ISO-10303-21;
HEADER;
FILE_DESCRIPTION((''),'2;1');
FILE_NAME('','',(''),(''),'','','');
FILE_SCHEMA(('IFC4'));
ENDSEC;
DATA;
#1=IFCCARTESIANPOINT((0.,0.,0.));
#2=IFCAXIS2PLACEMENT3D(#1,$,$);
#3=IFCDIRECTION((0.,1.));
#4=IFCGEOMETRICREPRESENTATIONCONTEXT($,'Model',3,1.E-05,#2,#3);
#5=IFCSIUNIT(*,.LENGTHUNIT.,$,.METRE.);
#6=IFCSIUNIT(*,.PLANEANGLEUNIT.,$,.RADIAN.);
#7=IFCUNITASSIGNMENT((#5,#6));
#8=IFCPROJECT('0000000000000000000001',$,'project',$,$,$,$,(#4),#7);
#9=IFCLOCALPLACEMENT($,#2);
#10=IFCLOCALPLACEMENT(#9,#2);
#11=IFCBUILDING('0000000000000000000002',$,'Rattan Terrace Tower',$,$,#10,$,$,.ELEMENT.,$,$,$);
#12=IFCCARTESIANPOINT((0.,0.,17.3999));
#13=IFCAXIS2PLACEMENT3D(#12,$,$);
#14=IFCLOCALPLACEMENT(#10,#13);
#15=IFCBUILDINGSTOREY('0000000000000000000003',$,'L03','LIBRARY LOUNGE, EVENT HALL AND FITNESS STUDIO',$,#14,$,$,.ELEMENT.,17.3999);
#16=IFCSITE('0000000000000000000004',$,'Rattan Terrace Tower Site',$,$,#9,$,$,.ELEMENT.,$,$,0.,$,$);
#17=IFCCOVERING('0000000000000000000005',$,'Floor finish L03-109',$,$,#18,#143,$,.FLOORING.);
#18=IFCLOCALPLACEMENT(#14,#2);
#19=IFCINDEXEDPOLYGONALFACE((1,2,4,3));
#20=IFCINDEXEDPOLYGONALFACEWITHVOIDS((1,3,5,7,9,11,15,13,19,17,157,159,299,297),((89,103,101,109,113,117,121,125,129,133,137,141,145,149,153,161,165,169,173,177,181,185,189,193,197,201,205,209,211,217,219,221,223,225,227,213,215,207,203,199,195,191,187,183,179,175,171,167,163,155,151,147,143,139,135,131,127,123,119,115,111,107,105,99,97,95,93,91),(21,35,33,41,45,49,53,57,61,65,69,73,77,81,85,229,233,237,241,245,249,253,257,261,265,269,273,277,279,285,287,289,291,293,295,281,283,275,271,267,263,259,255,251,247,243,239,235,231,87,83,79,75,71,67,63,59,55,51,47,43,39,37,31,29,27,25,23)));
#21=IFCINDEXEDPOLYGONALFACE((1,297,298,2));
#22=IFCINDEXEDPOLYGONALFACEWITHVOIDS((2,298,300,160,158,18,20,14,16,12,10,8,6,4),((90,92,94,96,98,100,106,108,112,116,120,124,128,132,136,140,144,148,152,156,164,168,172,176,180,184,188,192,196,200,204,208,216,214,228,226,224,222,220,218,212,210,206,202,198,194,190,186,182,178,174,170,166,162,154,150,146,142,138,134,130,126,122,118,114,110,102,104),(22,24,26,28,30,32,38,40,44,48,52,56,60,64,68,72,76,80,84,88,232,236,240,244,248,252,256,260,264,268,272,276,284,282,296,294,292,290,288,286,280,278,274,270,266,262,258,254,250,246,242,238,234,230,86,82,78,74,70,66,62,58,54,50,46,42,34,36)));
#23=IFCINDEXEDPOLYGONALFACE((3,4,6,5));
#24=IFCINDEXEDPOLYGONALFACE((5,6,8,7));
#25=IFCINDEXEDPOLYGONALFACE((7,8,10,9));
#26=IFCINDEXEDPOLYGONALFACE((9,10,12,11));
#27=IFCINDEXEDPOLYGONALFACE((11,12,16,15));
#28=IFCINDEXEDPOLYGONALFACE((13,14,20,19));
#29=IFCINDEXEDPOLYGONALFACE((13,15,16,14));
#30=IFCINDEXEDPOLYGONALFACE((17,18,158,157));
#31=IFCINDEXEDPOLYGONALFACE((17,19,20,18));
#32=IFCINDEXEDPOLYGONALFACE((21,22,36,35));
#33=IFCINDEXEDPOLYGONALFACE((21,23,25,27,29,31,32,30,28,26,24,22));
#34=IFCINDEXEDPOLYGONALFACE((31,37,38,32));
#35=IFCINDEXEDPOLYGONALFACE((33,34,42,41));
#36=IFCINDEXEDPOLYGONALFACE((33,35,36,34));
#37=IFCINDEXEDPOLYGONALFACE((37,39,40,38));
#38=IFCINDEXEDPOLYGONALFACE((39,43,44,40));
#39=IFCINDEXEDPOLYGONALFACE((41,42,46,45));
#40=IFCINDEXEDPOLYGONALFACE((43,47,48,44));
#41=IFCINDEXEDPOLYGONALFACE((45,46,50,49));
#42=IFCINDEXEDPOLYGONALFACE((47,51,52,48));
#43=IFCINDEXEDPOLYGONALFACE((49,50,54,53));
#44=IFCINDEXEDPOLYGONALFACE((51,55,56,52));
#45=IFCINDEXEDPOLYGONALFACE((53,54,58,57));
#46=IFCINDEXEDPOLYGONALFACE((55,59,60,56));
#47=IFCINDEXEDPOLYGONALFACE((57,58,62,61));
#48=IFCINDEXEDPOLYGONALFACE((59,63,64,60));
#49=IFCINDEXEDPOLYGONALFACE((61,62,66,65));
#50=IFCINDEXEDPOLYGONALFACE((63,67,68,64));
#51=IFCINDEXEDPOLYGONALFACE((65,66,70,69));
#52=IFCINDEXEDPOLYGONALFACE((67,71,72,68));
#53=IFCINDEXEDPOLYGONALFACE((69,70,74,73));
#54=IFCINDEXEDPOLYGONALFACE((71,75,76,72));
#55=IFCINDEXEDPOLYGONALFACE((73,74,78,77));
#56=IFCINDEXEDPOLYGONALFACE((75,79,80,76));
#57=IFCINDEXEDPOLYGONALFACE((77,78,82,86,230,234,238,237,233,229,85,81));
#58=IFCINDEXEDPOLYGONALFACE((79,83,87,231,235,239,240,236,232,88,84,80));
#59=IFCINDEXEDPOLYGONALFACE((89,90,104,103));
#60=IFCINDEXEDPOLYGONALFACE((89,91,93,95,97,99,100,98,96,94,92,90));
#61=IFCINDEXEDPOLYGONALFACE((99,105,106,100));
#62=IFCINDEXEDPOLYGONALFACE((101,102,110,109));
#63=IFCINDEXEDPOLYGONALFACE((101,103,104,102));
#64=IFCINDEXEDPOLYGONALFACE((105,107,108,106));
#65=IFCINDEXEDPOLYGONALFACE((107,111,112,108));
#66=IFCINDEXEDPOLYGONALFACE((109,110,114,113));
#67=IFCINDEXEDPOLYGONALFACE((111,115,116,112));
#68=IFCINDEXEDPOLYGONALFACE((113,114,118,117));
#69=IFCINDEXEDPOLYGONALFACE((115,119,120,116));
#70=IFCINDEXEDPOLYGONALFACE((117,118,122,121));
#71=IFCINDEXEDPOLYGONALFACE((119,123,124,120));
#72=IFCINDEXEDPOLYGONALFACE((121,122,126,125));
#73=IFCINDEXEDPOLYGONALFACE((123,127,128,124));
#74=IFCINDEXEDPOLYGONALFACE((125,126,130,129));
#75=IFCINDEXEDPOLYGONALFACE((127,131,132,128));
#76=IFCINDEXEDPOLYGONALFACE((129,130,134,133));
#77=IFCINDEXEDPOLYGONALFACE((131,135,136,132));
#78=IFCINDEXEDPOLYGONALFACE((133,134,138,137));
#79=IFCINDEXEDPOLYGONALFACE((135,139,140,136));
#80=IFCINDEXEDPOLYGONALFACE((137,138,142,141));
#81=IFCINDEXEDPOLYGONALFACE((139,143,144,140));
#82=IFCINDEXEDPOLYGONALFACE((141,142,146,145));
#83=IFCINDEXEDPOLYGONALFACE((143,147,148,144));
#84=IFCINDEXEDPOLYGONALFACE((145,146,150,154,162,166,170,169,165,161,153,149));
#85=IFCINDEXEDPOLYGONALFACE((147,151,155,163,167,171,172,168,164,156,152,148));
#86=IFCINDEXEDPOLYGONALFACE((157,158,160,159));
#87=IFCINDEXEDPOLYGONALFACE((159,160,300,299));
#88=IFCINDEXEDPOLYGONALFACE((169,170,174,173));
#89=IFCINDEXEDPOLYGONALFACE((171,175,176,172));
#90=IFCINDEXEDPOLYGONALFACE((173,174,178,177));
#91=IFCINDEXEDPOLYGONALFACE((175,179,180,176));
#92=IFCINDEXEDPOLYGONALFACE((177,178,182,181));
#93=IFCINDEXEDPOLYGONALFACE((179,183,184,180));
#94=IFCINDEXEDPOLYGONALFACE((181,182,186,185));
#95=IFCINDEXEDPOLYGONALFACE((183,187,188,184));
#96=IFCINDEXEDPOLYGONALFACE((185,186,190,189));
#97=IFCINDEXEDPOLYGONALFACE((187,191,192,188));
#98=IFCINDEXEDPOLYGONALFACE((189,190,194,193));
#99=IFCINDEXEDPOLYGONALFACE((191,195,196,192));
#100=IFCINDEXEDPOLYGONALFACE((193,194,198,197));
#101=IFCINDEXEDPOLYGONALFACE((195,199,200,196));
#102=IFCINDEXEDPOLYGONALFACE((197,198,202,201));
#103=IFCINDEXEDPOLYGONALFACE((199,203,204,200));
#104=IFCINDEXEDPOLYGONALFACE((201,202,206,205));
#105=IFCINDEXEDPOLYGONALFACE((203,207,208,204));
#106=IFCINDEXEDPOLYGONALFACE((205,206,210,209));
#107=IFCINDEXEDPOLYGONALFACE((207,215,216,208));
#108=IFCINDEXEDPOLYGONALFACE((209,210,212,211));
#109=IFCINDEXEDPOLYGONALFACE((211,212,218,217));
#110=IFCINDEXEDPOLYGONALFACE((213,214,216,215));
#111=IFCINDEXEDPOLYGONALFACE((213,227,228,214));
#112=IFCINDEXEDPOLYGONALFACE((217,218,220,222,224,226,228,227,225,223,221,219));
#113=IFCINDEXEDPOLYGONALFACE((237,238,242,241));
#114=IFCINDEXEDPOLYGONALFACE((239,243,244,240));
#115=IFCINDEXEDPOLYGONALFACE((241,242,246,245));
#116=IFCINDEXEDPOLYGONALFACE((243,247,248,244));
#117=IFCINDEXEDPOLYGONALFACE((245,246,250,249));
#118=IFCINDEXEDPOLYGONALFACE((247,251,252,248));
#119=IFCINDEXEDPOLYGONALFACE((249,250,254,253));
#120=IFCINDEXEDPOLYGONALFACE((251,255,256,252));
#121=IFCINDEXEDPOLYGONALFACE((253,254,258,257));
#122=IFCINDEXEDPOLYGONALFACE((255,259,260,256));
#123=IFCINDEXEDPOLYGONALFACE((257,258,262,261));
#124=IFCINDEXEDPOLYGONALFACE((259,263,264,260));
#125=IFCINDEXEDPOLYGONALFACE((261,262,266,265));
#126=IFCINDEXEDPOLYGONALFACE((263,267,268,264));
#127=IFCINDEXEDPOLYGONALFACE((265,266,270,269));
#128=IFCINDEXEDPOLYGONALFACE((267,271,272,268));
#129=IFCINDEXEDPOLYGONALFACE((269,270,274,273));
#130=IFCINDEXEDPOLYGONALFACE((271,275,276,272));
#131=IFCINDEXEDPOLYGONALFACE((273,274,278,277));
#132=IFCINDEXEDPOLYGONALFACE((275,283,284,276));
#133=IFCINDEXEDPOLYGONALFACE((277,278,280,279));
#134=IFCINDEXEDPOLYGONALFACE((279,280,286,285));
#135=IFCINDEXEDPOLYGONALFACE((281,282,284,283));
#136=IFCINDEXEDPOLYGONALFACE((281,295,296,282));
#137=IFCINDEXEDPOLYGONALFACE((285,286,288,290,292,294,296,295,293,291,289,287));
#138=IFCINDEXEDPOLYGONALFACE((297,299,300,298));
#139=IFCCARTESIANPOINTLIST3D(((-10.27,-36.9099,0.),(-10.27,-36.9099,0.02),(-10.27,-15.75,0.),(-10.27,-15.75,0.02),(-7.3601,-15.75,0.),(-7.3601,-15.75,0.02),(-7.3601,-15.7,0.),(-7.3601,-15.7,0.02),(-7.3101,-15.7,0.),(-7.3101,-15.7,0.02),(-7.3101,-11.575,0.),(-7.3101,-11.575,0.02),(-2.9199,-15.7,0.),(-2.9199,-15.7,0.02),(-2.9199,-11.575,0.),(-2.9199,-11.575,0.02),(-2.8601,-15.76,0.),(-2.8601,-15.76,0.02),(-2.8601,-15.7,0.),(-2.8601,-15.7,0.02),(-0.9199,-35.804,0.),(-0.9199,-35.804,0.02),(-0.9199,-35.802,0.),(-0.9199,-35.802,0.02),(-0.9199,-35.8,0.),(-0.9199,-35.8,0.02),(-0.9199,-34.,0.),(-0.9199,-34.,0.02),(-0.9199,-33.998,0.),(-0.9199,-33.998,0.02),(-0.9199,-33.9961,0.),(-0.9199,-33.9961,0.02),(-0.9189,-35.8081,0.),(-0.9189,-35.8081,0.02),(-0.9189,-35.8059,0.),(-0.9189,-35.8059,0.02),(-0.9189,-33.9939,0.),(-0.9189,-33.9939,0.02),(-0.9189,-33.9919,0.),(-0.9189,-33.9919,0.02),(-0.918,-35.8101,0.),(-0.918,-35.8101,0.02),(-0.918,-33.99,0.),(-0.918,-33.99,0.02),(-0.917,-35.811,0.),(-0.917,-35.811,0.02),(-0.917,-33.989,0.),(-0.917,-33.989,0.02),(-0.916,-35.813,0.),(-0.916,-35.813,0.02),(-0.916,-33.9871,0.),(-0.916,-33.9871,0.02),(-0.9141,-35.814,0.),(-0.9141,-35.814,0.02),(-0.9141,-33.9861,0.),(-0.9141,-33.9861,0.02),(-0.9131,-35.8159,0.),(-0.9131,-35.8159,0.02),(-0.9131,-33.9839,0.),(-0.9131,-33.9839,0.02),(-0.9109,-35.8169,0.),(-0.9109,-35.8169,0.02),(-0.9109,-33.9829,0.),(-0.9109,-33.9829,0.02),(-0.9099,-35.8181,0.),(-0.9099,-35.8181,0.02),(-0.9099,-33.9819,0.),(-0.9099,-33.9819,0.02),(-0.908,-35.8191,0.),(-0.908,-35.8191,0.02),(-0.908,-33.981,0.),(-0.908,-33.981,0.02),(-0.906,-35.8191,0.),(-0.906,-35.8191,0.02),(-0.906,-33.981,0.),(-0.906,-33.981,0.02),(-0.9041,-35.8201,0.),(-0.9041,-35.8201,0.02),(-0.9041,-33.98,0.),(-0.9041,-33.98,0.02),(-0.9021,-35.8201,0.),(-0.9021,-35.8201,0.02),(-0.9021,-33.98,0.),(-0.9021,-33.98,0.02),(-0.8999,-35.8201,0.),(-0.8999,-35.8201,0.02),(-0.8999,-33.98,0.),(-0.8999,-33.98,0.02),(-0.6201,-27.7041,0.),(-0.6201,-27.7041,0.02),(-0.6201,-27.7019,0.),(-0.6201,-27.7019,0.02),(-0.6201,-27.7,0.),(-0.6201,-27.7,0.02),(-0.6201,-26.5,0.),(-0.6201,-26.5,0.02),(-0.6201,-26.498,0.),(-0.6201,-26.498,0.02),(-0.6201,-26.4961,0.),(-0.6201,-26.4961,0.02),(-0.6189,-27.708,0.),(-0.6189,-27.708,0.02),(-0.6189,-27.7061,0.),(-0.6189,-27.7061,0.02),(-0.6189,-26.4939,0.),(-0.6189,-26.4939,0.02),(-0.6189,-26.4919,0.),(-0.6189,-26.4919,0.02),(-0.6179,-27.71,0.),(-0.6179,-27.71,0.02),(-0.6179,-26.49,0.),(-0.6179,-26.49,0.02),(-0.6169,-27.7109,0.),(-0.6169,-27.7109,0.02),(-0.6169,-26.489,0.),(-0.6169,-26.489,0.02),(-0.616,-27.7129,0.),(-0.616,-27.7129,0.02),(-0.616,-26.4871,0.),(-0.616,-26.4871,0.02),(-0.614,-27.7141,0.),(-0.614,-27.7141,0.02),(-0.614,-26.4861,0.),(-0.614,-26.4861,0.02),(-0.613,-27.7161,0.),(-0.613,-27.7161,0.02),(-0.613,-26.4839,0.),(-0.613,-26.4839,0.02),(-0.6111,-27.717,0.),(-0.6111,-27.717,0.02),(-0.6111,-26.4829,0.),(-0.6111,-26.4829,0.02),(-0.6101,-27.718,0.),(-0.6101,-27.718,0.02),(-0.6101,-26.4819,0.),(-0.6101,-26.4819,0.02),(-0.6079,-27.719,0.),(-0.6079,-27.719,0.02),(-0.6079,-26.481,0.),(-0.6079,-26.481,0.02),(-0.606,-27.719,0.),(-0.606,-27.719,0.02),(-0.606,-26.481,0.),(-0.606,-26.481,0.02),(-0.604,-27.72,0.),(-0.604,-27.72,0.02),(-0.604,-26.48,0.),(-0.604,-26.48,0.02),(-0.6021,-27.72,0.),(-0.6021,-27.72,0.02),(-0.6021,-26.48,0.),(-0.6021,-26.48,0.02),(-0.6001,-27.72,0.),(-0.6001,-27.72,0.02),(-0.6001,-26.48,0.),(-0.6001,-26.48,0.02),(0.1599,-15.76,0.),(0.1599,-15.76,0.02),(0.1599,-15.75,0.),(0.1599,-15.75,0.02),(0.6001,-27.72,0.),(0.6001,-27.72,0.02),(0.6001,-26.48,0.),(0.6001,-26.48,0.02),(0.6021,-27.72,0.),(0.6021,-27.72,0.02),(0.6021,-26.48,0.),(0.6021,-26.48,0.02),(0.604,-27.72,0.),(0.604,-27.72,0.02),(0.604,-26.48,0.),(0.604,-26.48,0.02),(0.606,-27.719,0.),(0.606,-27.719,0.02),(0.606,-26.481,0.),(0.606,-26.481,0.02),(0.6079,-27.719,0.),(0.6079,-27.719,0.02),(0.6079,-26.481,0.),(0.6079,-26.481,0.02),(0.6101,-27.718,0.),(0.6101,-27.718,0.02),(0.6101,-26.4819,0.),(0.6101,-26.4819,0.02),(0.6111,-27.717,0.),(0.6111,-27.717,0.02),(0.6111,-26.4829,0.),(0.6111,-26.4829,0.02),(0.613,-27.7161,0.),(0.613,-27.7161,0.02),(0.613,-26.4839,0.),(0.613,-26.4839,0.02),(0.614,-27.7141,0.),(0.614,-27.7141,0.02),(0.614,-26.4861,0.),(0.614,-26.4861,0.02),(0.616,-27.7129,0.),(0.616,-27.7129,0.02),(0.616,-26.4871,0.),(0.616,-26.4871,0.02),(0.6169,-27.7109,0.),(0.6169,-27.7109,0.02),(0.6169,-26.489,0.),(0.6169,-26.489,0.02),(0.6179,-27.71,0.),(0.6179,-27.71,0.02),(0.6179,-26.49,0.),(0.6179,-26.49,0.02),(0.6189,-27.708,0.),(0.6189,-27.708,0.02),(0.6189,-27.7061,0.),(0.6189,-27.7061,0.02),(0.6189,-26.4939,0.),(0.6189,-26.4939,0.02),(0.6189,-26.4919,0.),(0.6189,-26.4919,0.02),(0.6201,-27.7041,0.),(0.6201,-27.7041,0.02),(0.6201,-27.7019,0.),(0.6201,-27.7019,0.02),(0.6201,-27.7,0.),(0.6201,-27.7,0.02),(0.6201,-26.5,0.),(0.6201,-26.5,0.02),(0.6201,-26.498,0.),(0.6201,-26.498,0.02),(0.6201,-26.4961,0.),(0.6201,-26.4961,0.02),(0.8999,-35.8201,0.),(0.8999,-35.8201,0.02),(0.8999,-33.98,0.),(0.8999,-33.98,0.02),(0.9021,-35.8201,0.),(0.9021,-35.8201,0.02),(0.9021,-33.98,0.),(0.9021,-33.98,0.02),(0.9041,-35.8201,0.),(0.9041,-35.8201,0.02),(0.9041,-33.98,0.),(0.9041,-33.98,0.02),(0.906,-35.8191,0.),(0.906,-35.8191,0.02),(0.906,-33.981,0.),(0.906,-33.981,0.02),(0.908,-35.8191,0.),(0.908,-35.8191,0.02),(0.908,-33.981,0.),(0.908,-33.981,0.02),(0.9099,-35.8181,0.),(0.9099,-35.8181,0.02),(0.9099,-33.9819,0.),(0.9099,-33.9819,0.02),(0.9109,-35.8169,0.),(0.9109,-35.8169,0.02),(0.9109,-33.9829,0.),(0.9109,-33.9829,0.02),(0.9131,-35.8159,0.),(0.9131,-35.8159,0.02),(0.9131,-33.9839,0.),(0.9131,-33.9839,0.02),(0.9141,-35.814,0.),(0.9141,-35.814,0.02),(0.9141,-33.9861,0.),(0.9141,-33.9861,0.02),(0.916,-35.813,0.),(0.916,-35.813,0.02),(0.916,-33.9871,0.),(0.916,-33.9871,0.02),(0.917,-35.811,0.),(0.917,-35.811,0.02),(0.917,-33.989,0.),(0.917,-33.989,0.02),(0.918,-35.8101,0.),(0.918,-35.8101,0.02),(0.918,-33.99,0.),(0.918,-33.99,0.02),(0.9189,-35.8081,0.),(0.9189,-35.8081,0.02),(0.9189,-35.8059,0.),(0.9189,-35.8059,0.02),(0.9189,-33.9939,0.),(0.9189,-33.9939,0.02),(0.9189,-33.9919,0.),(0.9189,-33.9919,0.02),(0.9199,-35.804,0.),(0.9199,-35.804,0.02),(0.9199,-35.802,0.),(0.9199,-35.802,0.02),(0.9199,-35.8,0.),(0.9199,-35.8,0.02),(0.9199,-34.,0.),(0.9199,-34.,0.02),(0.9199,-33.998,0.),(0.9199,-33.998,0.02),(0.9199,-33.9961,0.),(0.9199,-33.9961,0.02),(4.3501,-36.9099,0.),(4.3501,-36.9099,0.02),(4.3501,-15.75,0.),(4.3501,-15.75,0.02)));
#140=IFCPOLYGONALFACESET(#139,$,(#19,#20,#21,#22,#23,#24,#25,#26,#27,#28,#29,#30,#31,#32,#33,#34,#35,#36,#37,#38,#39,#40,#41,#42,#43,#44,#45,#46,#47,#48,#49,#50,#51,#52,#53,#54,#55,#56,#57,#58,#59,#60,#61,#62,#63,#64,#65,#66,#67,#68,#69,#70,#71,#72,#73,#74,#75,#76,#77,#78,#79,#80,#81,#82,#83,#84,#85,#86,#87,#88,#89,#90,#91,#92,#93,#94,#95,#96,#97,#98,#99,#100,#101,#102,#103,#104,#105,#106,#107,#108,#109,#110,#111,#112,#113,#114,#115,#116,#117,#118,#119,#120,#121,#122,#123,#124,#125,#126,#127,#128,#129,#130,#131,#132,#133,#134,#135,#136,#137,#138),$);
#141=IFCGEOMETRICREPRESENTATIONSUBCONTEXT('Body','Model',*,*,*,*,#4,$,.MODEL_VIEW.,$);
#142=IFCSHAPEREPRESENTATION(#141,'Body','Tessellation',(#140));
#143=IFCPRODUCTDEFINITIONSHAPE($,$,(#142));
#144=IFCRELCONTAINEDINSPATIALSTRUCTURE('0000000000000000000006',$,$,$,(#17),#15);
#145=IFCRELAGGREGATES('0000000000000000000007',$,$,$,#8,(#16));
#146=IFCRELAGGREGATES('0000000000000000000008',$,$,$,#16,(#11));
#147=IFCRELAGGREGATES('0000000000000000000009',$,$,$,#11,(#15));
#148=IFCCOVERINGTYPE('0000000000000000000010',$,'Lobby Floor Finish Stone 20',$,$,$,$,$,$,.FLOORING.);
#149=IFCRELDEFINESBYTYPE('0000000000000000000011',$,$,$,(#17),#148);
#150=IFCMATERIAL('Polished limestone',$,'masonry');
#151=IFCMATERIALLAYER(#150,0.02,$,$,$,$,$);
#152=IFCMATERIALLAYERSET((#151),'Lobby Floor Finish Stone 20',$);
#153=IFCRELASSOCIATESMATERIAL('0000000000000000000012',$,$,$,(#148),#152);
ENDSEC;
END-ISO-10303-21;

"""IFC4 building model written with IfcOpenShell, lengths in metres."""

from ifc_helpers import new_model, si_unit, direction, frame, origin, place, context, subcontext, project, spatial, polyline, outline, extrude, material, layer, layer_set, type_object, element, save


model = new_model("IFC4")

# Units and contexts
model_context = context("Model", 3, precision=1e-05, world=origin(), true_north=direction((0.0, 1.0)))
body_context = subcontext(model_context, "Body", "Model", "MODEL_VIEW")
ifc_project = project(units=[si_unit("LENGTHUNIT", "METRE"), si_unit("PLANEANGLEUNIT", "RADIAN")], contexts=[model_context])

# Site, building, storey
site_placement = place(None, origin())
site = spatial("IfcSite", under=ifc_project, at=site_placement, Name="Rattan Terrace Tower Site", CompositionType="ELEMENT", RefElevation=0.0)
building_placement = place(site_placement, origin())
building = spatial("IfcBuilding", under=site, at=building_placement, Name="Rattan Terrace Tower", CompositionType="ELEMENT")
storey_placement = place(building_placement, frame((0.0, 0.0, 17.3999)))
storey = spatial("IfcBuildingStorey", under=building, at=storey_placement, Name="L03", Description="LIBRARY LOUNGE, EVENT HALL AND FITNESS STUDIO", CompositionType="ELEMENT", Elevation=17.3999)

# Covering
ifc_material_1 = material(Name="Polished limestone", Category="masonry")
ifc_layer_1 = layer(ifc_material_1, 0.02)
ifc_layer_set_1 = layer_set([ifc_layer_1], Name="Lobby Floor Finish Stone 20")
covering_type_1 = type_object("IfcCoveringType", Name="Lobby Floor Finish Stone 20", PredefinedType="FLOORING", material=ifc_layer_set_1)
covering_1_placement = place(storey_placement, origin())
element("IfcCovering", 1, at=covering_1_placement, inside=storey, type_object=covering_type_1, Name="Floor finish L03-109", PredefinedType="FLOORING", context=body_context, shape_type="SweptSolid", body=[
    extrude(outline(polyline([(-10.27, -15.75), (-10.27, -36.9099), (4.3501, -36.9099), (4.3501, -15.75), (0.1599, -15.75), (0.1599, -15.76), (-2.8601, -15.76), (-2.8601, -15.7), (-2.9199, -15.7), (-2.9199, -11.575), (-7.3101, -11.575), (-7.3101, -15.7), (-7.3601, -15.7), (-7.3601, -15.75), (-10.27, -15.75)]), holes=[polyline([(-0.906, -35.8191), (-0.9041, -35.8201), (-0.9021, -35.8201), (-0.8999, -35.8201), (0.8999, -35.8201), (0.9021, -35.8201), (0.9041, -35.8201), (0.906, -35.8191), (0.908, -35.8191), (0.9099, -35.8181), (0.9109, -35.8169), (0.9131, -35.8159), (0.9141, -35.814), (0.916, -35.813), (0.917, -35.811), (0.918, -35.8101), (0.9189, -35.8081), (0.9189, -35.8059), (0.9199, -35.804), (0.9199, -35.802), (0.9199, -35.8), (0.9199, -34.0), (0.9199, -33.998), (0.9199, -33.9961), (0.9189, -33.9939), (0.9189, -33.9919), (0.918, -33.99), (0.917, -33.989), (0.916, -33.9871), (0.9141, -33.9861), (0.9131, -33.9839), (0.9109, -33.9829), (0.9099, -33.9819), (0.908, -33.981), (0.906, -33.981), (0.9041, -33.98), (0.9021, -33.98), (0.8999, -33.98), (-0.8999, -33.98), (-0.9021, -33.98), (-0.9041, -33.98), (-0.906, -33.981), (-0.908, -33.981), (-0.9099, -33.9819), (-0.9109, -33.9829), (-0.9131, -33.9839), (-0.9141, -33.9861), (-0.916, -33.9871), (-0.917, -33.989), (-0.918, -33.99), (-0.9189, -33.9919), (-0.9189, -33.9939), (-0.9199, -33.9961), (-0.9199, -33.998), (-0.9199, -34.0), (-0.9199, -35.8), (-0.9199, -35.802), (-0.9199, -35.804), (-0.9189, -35.8059), (-0.9189, -35.8081), (-0.918, -35.8101), (-0.917, -35.811), (-0.916, -35.813), (-0.9141, -35.814), (-0.9131, -35.8159), (-0.9109, -35.8169), (-0.9099, -35.8181), (-0.908, -35.8191), (-0.906, -35.8191)]), polyline([(-0.6101, -27.718), (-0.6079, -27.719), (-0.606, -27.719), (-0.604, -27.72), (-0.6021, -27.72), (-0.6001, -27.72), (0.6001, -27.72), (0.6021, -27.72), (0.604, -27.72), (0.606, -27.719), (0.6079, -27.719), (0.6101, -27.718), (0.6111, -27.717), (0.613, -27.7161), (0.614, -27.7141), (0.616, -27.7129), (0.6169, -27.7109), (0.6179, -27.71), (0.6189, -27.708), (0.6189, -27.7061), (0.6201, -27.7041), (0.6201, -27.7019), (0.6201, -27.7), (0.6201, -26.5), (0.6201, -26.498), (0.6201, -26.4961), (0.6189, -26.4939), (0.6189, -26.4919), (0.6179, -26.49), (0.6169, -26.489), (0.616, -26.4871), (0.614, -26.4861), (0.613, -26.4839), (0.6111, -26.4829), (0.6101, -26.4819), (0.6079, -26.481), (0.606, -26.481), (0.604, -26.48), (0.6021, -26.48), (0.6001, -26.48), (-0.6001, -26.48), (-0.6021, -26.48), (-0.604, -26.48), (-0.606, -26.481), (-0.6079, -26.481), (-0.6101, -26.4819), (-0.6111, -26.4829), (-0.613, -26.4839), (-0.614, -26.4861), (-0.616, -26.4871), (-0.6169, -26.489), (-0.6179, -26.49), (-0.6189, -26.4919), (-0.6189, -26.4939), (-0.6201, -26.4961), (-0.6201, -26.498), (-0.6201, -26.5), (-0.6201, -27.7), (-0.6201, -27.7019), (-0.6201, -27.7041), (-0.6189, -27.7061), (-0.6189, -27.708), (-0.6179, -27.71), (-0.6169, -27.7109), (-0.616, -27.7129), (-0.614, -27.7141), (-0.613, -27.7161), (-0.6111, -27.717), (-0.6101, -27.718)])]), origin(), (0.0, 0.0, 1.0), 0.02),
])

save(model, "model.ifc")
